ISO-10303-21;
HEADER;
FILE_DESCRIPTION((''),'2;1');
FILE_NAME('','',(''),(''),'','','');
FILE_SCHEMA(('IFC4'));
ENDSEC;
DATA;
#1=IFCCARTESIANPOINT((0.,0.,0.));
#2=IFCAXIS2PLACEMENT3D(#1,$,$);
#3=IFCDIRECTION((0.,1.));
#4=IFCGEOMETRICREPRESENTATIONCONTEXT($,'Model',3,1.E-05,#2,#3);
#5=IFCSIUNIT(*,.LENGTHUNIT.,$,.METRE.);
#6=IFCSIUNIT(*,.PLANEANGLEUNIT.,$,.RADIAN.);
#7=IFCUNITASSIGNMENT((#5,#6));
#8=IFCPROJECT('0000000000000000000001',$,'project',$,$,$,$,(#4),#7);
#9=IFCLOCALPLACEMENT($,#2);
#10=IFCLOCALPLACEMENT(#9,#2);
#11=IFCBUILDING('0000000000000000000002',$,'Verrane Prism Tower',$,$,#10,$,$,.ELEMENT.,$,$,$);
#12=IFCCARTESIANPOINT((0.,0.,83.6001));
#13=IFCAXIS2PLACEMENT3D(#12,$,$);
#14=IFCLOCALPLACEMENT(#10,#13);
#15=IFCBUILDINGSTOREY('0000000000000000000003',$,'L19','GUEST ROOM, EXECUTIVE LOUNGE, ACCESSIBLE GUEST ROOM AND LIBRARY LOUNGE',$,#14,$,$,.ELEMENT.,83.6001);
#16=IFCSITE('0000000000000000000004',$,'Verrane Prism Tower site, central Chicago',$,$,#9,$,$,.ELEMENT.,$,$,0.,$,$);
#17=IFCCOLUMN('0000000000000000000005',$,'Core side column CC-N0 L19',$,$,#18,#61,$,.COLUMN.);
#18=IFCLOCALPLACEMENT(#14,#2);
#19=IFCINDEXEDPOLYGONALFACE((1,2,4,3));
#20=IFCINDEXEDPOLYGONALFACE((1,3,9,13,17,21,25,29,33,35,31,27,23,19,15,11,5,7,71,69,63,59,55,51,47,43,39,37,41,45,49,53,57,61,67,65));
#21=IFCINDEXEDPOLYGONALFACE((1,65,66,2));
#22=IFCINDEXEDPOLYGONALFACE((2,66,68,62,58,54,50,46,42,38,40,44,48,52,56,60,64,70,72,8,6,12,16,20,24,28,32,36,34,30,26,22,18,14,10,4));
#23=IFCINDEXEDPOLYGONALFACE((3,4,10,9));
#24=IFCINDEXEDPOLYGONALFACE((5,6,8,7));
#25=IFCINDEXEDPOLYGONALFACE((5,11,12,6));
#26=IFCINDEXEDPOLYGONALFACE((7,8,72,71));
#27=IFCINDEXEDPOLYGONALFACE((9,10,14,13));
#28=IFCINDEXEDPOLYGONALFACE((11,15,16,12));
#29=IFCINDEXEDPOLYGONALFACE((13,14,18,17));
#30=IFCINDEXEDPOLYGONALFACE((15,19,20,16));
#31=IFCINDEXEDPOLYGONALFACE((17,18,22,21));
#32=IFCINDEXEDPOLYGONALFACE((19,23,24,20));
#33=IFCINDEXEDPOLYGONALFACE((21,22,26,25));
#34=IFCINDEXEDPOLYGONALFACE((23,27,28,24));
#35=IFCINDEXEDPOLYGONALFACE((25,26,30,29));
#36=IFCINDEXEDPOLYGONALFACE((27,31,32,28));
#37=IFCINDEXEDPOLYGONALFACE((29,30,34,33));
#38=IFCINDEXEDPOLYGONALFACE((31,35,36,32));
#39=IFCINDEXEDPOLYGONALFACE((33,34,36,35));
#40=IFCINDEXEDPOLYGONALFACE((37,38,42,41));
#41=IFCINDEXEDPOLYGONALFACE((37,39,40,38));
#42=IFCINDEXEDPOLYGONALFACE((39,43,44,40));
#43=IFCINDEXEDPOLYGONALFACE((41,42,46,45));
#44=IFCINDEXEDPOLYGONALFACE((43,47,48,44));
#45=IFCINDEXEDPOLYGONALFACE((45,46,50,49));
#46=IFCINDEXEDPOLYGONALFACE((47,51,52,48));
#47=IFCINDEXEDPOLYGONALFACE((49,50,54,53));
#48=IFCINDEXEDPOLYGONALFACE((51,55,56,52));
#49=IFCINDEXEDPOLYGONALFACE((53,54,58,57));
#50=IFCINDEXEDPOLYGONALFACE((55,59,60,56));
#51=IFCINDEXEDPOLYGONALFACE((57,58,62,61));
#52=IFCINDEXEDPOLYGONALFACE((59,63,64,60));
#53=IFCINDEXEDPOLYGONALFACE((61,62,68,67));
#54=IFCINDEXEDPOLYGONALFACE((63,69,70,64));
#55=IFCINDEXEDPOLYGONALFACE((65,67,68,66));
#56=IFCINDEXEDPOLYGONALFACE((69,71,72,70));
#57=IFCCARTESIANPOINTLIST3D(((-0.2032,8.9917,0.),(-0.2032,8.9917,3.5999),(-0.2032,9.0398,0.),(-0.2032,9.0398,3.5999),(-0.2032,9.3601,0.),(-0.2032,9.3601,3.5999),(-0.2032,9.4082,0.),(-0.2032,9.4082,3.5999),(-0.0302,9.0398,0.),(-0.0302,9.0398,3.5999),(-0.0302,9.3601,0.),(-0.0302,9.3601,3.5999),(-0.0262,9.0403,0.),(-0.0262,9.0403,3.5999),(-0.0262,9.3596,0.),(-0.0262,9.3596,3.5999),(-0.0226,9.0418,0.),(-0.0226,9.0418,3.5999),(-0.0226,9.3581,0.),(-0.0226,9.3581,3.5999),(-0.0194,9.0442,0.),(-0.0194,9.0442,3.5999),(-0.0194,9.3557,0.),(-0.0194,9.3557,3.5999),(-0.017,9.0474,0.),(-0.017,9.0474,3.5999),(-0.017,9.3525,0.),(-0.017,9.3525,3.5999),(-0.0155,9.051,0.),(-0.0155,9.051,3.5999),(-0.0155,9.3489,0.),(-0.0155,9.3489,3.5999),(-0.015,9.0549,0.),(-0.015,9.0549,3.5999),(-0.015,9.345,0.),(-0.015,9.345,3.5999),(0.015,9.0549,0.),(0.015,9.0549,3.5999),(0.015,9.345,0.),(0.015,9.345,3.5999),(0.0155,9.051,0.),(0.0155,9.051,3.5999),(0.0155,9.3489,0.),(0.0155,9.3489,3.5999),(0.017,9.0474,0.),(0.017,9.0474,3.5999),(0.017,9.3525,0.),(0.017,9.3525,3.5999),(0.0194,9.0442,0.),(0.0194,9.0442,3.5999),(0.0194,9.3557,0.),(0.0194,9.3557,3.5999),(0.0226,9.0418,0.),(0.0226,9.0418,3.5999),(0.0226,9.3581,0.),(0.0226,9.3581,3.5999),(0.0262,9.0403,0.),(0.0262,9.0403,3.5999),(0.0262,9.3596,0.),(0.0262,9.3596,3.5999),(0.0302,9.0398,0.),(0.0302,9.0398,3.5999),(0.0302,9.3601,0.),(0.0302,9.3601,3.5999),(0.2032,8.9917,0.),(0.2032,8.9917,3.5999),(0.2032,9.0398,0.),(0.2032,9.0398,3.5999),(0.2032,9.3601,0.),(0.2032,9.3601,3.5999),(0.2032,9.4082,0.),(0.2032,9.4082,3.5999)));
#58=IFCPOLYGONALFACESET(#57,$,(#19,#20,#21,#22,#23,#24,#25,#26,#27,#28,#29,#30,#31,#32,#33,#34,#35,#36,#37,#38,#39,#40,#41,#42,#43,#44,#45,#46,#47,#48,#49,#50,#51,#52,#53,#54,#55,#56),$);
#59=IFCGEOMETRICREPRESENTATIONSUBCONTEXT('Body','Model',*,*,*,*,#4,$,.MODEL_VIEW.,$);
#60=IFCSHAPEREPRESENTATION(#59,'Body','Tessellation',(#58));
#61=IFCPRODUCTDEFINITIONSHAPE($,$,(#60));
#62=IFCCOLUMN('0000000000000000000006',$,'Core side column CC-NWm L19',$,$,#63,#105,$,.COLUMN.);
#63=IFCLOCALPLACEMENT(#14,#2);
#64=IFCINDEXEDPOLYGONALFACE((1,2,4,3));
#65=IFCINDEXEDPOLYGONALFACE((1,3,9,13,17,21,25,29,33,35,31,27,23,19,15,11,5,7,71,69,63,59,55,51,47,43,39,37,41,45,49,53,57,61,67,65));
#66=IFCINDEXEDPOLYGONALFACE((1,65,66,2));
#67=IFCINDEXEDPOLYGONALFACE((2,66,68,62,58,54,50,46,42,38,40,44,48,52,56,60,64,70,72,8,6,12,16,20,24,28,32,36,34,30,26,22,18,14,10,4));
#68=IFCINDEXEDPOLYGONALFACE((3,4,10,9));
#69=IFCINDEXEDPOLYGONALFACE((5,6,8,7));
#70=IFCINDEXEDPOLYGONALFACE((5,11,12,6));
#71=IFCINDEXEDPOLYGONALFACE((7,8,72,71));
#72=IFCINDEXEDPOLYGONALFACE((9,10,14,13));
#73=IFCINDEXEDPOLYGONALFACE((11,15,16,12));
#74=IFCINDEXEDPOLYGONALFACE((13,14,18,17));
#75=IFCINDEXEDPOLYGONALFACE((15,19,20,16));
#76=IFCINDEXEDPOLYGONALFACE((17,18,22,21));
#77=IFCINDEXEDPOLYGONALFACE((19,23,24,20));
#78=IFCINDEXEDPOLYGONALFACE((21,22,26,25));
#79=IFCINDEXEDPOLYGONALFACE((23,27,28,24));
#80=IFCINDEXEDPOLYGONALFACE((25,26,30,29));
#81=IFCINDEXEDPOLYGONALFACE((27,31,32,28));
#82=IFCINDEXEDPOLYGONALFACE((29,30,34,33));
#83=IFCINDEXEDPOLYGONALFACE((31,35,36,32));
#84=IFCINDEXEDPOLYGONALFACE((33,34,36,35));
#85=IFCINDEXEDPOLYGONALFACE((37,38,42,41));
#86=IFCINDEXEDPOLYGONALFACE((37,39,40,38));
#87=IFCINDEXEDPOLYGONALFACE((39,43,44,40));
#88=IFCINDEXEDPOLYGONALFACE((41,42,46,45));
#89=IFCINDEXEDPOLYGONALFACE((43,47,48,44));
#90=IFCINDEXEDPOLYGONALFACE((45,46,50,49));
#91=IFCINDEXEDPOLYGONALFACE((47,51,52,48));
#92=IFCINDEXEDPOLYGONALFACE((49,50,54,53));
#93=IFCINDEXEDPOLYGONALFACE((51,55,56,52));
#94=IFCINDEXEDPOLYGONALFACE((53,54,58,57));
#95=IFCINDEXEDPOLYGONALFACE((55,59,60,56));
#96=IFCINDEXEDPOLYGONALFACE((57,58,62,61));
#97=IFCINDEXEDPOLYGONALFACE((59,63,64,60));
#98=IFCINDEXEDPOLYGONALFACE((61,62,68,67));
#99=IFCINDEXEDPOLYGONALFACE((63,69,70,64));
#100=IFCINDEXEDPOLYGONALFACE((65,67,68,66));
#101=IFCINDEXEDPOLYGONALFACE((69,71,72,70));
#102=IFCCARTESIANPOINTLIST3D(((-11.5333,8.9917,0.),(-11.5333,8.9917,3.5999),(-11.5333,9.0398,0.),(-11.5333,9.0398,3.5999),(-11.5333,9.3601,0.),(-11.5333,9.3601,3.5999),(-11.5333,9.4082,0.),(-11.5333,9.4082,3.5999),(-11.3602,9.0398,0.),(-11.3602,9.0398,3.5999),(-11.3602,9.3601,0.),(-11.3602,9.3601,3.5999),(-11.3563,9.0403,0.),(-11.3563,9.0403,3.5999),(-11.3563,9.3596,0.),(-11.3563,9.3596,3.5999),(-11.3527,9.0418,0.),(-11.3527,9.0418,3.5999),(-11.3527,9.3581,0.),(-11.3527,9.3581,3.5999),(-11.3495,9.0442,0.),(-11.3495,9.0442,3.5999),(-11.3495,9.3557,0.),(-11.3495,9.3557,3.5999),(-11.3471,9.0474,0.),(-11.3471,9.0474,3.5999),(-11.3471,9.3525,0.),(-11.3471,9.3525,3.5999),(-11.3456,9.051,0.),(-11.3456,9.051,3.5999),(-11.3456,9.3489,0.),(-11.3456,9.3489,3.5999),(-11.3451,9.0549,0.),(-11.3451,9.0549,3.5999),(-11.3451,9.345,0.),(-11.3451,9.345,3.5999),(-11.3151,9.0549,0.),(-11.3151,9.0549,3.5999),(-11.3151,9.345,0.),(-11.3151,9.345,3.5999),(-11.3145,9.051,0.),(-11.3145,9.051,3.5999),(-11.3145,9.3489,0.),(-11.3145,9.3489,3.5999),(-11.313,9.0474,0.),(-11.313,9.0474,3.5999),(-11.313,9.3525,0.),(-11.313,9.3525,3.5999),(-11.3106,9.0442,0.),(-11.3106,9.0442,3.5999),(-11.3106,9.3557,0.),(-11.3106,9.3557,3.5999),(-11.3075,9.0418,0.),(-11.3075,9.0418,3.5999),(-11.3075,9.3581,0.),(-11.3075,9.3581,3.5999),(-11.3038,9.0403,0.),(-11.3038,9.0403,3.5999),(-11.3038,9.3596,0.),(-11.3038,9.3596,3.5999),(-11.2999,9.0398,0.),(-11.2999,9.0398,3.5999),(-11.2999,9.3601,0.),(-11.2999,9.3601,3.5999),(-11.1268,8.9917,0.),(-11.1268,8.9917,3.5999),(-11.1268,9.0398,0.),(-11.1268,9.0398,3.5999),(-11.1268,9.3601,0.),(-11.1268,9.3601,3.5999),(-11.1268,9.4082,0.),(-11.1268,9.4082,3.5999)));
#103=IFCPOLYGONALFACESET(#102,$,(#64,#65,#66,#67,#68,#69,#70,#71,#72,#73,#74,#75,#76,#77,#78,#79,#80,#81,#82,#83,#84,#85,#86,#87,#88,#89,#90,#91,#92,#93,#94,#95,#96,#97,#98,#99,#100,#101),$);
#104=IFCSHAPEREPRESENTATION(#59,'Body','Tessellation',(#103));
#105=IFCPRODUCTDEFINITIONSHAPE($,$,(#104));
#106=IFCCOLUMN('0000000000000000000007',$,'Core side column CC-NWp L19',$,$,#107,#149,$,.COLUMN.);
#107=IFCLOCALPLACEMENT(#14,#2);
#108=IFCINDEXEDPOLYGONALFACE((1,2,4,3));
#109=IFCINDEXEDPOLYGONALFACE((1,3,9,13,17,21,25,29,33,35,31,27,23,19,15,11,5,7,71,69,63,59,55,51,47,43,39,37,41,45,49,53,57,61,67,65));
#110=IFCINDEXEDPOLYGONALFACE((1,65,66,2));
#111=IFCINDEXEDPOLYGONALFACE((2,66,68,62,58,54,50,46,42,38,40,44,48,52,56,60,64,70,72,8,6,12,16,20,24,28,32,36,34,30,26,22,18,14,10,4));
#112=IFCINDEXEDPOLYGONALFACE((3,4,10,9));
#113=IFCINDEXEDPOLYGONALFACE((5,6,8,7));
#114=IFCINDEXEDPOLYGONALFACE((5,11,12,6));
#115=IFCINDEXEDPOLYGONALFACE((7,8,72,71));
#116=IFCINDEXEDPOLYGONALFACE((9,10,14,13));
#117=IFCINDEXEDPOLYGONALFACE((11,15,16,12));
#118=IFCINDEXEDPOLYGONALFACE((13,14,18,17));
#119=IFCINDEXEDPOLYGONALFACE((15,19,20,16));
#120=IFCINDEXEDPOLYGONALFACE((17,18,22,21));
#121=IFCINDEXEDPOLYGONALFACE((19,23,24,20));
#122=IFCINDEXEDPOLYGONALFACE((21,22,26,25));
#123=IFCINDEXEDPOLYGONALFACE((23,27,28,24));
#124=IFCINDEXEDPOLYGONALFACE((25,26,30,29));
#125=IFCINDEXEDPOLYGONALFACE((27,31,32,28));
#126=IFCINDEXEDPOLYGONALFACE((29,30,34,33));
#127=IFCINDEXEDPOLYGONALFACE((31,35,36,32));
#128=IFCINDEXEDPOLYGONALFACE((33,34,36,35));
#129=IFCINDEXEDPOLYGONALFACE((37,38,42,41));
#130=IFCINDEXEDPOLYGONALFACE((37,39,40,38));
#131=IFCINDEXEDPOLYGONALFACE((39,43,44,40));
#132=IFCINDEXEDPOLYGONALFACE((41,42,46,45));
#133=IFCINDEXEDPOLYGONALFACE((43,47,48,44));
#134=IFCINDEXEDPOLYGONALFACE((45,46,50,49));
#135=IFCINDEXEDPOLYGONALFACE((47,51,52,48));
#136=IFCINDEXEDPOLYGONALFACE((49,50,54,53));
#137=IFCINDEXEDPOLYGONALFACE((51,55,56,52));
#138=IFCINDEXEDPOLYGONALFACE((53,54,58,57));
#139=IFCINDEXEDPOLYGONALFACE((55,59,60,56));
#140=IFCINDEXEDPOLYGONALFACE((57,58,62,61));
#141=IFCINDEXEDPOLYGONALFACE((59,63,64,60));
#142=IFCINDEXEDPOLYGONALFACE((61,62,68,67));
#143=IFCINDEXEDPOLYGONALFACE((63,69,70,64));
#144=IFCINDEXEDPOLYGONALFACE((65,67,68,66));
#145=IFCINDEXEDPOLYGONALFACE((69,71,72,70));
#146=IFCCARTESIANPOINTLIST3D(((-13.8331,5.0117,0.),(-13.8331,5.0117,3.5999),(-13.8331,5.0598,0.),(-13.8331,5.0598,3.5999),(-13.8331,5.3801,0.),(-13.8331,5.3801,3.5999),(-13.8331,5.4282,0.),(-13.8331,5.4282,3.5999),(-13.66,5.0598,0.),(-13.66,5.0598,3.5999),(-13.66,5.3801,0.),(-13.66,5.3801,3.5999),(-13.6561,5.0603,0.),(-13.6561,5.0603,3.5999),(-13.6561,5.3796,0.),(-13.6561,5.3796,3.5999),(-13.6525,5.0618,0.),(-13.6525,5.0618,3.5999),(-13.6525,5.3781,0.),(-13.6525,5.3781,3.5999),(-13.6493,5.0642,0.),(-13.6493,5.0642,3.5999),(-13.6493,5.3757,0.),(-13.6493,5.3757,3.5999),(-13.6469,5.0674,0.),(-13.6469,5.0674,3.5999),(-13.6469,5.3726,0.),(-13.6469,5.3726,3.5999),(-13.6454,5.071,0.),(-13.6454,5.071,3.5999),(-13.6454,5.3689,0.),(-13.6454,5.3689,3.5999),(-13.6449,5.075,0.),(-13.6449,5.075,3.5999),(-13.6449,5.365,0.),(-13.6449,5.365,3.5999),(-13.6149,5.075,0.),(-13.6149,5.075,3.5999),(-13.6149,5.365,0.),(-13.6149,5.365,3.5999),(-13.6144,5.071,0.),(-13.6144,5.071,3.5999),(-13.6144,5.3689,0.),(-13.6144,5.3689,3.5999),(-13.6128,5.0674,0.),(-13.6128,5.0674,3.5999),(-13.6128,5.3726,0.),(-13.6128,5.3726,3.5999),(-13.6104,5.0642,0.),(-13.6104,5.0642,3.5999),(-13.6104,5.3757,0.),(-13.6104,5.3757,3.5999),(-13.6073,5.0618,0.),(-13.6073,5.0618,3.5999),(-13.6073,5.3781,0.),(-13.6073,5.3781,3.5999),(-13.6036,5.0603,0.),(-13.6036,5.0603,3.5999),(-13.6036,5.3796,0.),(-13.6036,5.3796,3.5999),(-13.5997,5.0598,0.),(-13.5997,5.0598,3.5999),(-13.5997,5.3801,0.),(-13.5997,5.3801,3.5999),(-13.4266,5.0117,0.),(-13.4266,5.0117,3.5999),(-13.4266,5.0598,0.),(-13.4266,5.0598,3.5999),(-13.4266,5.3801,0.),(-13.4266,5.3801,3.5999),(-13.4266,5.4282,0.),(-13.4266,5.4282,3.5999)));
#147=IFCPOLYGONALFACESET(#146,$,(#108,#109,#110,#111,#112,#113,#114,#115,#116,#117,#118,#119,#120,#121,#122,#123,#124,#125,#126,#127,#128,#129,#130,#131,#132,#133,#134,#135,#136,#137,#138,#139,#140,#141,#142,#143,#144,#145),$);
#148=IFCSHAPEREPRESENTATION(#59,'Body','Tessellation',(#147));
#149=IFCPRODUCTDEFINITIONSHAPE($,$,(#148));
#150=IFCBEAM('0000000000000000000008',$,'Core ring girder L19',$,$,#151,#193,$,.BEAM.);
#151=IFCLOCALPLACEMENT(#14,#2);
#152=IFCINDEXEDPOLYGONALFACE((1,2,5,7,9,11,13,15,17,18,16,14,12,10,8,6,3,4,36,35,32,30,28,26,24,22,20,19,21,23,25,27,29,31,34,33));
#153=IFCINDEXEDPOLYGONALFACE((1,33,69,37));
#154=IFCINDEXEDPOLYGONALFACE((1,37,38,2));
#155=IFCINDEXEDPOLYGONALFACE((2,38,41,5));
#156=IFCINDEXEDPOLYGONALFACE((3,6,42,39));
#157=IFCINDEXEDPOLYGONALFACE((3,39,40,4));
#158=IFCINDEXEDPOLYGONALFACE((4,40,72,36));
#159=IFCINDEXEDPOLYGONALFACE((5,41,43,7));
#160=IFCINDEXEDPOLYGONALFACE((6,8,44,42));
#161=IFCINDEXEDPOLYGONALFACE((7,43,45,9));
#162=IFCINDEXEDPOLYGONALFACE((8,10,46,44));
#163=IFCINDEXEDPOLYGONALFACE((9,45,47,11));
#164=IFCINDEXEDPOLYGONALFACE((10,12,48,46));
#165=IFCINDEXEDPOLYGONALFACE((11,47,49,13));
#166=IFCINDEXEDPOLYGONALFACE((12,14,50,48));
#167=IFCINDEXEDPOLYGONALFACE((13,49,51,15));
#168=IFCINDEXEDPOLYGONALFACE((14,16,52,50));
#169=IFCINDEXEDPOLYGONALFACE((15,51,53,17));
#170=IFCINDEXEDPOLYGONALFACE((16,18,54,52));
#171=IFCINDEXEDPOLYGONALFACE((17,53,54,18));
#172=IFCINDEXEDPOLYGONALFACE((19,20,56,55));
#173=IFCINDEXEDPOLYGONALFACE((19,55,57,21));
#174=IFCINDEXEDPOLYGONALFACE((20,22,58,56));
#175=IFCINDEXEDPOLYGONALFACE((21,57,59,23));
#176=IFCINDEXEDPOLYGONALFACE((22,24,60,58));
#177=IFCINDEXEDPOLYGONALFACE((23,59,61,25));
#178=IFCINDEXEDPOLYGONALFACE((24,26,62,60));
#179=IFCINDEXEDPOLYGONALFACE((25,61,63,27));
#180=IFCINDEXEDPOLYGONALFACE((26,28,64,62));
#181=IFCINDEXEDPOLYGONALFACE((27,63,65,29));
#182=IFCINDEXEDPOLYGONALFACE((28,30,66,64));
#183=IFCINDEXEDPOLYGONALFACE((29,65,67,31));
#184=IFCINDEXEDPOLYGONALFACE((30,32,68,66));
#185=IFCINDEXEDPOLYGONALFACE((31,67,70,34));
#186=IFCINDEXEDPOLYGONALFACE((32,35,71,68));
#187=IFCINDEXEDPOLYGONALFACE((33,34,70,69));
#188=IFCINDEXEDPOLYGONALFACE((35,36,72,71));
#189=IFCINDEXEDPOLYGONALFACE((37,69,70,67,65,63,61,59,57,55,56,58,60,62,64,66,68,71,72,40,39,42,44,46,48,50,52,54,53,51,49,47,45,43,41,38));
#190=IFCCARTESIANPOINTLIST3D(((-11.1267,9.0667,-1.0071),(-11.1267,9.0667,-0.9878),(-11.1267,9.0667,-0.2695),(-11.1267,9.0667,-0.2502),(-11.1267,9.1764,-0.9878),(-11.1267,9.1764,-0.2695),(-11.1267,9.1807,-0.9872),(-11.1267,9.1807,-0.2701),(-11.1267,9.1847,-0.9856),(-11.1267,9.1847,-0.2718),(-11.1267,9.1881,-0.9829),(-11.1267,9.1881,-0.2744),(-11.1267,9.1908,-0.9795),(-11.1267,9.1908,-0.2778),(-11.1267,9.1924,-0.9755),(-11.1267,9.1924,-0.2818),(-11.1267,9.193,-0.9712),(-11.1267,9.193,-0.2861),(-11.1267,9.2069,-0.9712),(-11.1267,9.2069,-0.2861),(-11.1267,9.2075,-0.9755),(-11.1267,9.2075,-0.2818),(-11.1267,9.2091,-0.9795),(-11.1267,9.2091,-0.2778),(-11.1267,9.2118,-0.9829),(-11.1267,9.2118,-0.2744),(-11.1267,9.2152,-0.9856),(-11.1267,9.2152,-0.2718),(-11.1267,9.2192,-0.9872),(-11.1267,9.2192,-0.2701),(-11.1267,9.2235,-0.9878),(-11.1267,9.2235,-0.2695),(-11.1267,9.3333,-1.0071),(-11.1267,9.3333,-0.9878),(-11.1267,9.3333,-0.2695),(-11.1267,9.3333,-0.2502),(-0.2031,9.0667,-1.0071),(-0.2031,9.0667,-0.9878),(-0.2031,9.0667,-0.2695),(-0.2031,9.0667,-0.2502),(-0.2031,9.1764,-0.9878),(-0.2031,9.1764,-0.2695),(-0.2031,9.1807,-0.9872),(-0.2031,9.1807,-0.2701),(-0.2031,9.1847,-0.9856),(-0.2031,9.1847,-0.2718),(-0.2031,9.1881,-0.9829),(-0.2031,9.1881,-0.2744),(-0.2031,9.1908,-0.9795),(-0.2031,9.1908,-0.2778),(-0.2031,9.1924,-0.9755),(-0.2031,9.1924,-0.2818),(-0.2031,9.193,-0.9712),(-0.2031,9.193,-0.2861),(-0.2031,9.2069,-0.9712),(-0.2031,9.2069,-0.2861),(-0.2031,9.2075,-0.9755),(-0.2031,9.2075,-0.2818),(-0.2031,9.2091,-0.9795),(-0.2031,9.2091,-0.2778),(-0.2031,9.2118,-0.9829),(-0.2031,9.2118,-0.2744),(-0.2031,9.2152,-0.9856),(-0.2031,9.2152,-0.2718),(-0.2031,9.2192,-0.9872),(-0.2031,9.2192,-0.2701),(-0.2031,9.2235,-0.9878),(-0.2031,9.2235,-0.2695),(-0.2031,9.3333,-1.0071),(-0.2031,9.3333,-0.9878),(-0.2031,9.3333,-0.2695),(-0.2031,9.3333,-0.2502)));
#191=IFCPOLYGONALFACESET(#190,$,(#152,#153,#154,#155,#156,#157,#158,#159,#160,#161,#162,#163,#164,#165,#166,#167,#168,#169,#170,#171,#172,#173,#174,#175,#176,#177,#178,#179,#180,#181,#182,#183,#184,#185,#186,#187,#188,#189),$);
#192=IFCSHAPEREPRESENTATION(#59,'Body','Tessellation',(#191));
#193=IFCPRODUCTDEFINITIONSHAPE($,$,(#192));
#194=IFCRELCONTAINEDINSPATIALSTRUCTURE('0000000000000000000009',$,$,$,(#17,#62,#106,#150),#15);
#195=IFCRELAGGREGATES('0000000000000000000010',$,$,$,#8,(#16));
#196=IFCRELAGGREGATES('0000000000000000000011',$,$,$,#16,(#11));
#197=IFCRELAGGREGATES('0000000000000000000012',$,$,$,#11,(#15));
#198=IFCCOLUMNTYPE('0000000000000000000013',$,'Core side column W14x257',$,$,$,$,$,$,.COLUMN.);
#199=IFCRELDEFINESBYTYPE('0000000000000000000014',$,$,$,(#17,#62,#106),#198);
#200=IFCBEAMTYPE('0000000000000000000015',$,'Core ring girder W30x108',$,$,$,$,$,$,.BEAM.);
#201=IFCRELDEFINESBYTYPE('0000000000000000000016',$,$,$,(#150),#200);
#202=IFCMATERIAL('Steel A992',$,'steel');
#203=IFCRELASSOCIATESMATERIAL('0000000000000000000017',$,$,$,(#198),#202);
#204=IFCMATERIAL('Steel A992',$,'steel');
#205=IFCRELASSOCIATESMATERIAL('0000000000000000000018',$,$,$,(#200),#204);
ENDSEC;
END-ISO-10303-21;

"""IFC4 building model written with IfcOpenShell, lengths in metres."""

from ifc_helpers import new_model, si_unit, direction, frame, origin, origin_2d, place, context, subcontext, project, spatial, i_section, extrude, material, material_profile, profile_set, type_object, element, save


model = new_model("IFC4")

# Units and contexts
model_context = context("Model", 3, precision=1e-05, world=origin(), true_north=direction((0.0, 1.0)))
body_context = subcontext(model_context, "Body", "Model", "MODEL_VIEW")
ifc_project = project(units=[si_unit("LENGTHUNIT", "METRE"), si_unit("PLANEANGLEUNIT", "RADIAN")], contexts=[model_context])

# Site, building, storey
site_placement = place(None, origin())
site = spatial("IfcSite", under=ifc_project, at=site_placement, Name="Verrane Prism Tower site, central Chicago", CompositionType="ELEMENT", RefElevation=0.0)
building_placement = place(site_placement, origin())
building = spatial("IfcBuilding", under=site, at=building_placement, Name="Verrane Prism Tower", CompositionType="ELEMENT")
storey_placement = place(building_placement, frame((0.0, 0.0, 83.6001)))
storey = spatial("IfcBuildingStorey", under=building, at=storey_placement, Name="L19", Description="GUEST ROOM, EXECUTIVE LOUNGE, ACCESSIBLE GUEST ROOM AND LIBRARY LOUNGE", CompositionType="ELEMENT", Elevation=83.6001)

# Columns
ifc_material_1 = material(Name="Steel A992", Category="steel")
ifc_material_profile_1 = material_profile(ifc_material_1, i_section(OverallWidth=0.4065, OverallDepth=0.4165, WebThickness=0.03, FlangeThickness=0.0481, FilletRadius=0.0151, at=origin_2d()), Name="W14x257")
ifc_profile_set_1 = profile_set([ifc_material_profile_1], Name="Steel A992")
column_type = type_object("IfcColumnType", Name="Core side column W14x257", PredefinedType="COLUMN", material=ifc_profile_set_1)
for number, where, z_axis, x_axis, name in (
    (1, (0.0, 9.2, 0.0), (0.0, 0.0, 1.0), (1.0, 0.0, 0.0), "Core side column CC-N0 L19"),
    (2, (-11.3301, 9.2, 0.0), (0.0, 0.0, 1.0), (1.0, 0.0, 0.0), "Core side column CC-NWm L19"),
    (3, (-13.6299, 5.22, 0.0), (0.0, 0.0, 1.0), (1.0, 0.0, 0.0), "Core side column CC-NWp L19"),
):
    element("IfcColumn", number, at=place(storey_placement, frame(where, z_axis=z_axis, x_axis=x_axis)), inside=storey, type_object=column_type, Name=name, PredefinedType="COLUMN", context=body_context, shape_type="SweptSolid", body=[
        extrude(i_section(OverallWidth=0.4065, OverallDepth=0.4165, WebThickness=0.03, FlangeThickness=0.0481, FilletRadius=0.0151, at=origin_2d()), origin(), (0.0, 0.0, 1.0), 3.5999),
    ])

# Beam
ifc_material_2 = material(Name="Steel A992", Category="steel")
ifc_material_profile_2 = material_profile(ifc_material_2, i_section(OverallWidth=0.2666, OverallDepth=0.7568, WebThickness=0.0139, FlangeThickness=0.0193, FilletRadius=0.0166, at=origin_2d()), Name="W30x108")
ifc_profile_set_2 = profile_set([ifc_material_profile_2], Name="Steel A992")
beam_type_1 = type_object("IfcBeamType", Name="Core ring girder W30x108", PredefinedType="BEAM", material=ifc_profile_set_2)
beam_1_placement = place(storey_placement, frame((-0.2031, 9.2, -0.6287), z_axis=(-1.0, 0.0, 0.0), x_axis=(0.0, -1.0, 0.0)))
element("IfcBeam", 4, at=beam_1_placement, inside=storey, type_object=beam_type_1, Name="Core ring girder L19", PredefinedType="BEAM", context=body_context, shape_type="SweptSolid", body=[
    extrude(i_section(OverallWidth=0.2666, OverallDepth=0.7568, WebThickness=0.0139, FlangeThickness=0.0193, FilletRadius=0.0166, at=origin_2d()), origin(), (0.0, 0.0, 1.0), 10.9236),
])

save(model, "model.ifc")
